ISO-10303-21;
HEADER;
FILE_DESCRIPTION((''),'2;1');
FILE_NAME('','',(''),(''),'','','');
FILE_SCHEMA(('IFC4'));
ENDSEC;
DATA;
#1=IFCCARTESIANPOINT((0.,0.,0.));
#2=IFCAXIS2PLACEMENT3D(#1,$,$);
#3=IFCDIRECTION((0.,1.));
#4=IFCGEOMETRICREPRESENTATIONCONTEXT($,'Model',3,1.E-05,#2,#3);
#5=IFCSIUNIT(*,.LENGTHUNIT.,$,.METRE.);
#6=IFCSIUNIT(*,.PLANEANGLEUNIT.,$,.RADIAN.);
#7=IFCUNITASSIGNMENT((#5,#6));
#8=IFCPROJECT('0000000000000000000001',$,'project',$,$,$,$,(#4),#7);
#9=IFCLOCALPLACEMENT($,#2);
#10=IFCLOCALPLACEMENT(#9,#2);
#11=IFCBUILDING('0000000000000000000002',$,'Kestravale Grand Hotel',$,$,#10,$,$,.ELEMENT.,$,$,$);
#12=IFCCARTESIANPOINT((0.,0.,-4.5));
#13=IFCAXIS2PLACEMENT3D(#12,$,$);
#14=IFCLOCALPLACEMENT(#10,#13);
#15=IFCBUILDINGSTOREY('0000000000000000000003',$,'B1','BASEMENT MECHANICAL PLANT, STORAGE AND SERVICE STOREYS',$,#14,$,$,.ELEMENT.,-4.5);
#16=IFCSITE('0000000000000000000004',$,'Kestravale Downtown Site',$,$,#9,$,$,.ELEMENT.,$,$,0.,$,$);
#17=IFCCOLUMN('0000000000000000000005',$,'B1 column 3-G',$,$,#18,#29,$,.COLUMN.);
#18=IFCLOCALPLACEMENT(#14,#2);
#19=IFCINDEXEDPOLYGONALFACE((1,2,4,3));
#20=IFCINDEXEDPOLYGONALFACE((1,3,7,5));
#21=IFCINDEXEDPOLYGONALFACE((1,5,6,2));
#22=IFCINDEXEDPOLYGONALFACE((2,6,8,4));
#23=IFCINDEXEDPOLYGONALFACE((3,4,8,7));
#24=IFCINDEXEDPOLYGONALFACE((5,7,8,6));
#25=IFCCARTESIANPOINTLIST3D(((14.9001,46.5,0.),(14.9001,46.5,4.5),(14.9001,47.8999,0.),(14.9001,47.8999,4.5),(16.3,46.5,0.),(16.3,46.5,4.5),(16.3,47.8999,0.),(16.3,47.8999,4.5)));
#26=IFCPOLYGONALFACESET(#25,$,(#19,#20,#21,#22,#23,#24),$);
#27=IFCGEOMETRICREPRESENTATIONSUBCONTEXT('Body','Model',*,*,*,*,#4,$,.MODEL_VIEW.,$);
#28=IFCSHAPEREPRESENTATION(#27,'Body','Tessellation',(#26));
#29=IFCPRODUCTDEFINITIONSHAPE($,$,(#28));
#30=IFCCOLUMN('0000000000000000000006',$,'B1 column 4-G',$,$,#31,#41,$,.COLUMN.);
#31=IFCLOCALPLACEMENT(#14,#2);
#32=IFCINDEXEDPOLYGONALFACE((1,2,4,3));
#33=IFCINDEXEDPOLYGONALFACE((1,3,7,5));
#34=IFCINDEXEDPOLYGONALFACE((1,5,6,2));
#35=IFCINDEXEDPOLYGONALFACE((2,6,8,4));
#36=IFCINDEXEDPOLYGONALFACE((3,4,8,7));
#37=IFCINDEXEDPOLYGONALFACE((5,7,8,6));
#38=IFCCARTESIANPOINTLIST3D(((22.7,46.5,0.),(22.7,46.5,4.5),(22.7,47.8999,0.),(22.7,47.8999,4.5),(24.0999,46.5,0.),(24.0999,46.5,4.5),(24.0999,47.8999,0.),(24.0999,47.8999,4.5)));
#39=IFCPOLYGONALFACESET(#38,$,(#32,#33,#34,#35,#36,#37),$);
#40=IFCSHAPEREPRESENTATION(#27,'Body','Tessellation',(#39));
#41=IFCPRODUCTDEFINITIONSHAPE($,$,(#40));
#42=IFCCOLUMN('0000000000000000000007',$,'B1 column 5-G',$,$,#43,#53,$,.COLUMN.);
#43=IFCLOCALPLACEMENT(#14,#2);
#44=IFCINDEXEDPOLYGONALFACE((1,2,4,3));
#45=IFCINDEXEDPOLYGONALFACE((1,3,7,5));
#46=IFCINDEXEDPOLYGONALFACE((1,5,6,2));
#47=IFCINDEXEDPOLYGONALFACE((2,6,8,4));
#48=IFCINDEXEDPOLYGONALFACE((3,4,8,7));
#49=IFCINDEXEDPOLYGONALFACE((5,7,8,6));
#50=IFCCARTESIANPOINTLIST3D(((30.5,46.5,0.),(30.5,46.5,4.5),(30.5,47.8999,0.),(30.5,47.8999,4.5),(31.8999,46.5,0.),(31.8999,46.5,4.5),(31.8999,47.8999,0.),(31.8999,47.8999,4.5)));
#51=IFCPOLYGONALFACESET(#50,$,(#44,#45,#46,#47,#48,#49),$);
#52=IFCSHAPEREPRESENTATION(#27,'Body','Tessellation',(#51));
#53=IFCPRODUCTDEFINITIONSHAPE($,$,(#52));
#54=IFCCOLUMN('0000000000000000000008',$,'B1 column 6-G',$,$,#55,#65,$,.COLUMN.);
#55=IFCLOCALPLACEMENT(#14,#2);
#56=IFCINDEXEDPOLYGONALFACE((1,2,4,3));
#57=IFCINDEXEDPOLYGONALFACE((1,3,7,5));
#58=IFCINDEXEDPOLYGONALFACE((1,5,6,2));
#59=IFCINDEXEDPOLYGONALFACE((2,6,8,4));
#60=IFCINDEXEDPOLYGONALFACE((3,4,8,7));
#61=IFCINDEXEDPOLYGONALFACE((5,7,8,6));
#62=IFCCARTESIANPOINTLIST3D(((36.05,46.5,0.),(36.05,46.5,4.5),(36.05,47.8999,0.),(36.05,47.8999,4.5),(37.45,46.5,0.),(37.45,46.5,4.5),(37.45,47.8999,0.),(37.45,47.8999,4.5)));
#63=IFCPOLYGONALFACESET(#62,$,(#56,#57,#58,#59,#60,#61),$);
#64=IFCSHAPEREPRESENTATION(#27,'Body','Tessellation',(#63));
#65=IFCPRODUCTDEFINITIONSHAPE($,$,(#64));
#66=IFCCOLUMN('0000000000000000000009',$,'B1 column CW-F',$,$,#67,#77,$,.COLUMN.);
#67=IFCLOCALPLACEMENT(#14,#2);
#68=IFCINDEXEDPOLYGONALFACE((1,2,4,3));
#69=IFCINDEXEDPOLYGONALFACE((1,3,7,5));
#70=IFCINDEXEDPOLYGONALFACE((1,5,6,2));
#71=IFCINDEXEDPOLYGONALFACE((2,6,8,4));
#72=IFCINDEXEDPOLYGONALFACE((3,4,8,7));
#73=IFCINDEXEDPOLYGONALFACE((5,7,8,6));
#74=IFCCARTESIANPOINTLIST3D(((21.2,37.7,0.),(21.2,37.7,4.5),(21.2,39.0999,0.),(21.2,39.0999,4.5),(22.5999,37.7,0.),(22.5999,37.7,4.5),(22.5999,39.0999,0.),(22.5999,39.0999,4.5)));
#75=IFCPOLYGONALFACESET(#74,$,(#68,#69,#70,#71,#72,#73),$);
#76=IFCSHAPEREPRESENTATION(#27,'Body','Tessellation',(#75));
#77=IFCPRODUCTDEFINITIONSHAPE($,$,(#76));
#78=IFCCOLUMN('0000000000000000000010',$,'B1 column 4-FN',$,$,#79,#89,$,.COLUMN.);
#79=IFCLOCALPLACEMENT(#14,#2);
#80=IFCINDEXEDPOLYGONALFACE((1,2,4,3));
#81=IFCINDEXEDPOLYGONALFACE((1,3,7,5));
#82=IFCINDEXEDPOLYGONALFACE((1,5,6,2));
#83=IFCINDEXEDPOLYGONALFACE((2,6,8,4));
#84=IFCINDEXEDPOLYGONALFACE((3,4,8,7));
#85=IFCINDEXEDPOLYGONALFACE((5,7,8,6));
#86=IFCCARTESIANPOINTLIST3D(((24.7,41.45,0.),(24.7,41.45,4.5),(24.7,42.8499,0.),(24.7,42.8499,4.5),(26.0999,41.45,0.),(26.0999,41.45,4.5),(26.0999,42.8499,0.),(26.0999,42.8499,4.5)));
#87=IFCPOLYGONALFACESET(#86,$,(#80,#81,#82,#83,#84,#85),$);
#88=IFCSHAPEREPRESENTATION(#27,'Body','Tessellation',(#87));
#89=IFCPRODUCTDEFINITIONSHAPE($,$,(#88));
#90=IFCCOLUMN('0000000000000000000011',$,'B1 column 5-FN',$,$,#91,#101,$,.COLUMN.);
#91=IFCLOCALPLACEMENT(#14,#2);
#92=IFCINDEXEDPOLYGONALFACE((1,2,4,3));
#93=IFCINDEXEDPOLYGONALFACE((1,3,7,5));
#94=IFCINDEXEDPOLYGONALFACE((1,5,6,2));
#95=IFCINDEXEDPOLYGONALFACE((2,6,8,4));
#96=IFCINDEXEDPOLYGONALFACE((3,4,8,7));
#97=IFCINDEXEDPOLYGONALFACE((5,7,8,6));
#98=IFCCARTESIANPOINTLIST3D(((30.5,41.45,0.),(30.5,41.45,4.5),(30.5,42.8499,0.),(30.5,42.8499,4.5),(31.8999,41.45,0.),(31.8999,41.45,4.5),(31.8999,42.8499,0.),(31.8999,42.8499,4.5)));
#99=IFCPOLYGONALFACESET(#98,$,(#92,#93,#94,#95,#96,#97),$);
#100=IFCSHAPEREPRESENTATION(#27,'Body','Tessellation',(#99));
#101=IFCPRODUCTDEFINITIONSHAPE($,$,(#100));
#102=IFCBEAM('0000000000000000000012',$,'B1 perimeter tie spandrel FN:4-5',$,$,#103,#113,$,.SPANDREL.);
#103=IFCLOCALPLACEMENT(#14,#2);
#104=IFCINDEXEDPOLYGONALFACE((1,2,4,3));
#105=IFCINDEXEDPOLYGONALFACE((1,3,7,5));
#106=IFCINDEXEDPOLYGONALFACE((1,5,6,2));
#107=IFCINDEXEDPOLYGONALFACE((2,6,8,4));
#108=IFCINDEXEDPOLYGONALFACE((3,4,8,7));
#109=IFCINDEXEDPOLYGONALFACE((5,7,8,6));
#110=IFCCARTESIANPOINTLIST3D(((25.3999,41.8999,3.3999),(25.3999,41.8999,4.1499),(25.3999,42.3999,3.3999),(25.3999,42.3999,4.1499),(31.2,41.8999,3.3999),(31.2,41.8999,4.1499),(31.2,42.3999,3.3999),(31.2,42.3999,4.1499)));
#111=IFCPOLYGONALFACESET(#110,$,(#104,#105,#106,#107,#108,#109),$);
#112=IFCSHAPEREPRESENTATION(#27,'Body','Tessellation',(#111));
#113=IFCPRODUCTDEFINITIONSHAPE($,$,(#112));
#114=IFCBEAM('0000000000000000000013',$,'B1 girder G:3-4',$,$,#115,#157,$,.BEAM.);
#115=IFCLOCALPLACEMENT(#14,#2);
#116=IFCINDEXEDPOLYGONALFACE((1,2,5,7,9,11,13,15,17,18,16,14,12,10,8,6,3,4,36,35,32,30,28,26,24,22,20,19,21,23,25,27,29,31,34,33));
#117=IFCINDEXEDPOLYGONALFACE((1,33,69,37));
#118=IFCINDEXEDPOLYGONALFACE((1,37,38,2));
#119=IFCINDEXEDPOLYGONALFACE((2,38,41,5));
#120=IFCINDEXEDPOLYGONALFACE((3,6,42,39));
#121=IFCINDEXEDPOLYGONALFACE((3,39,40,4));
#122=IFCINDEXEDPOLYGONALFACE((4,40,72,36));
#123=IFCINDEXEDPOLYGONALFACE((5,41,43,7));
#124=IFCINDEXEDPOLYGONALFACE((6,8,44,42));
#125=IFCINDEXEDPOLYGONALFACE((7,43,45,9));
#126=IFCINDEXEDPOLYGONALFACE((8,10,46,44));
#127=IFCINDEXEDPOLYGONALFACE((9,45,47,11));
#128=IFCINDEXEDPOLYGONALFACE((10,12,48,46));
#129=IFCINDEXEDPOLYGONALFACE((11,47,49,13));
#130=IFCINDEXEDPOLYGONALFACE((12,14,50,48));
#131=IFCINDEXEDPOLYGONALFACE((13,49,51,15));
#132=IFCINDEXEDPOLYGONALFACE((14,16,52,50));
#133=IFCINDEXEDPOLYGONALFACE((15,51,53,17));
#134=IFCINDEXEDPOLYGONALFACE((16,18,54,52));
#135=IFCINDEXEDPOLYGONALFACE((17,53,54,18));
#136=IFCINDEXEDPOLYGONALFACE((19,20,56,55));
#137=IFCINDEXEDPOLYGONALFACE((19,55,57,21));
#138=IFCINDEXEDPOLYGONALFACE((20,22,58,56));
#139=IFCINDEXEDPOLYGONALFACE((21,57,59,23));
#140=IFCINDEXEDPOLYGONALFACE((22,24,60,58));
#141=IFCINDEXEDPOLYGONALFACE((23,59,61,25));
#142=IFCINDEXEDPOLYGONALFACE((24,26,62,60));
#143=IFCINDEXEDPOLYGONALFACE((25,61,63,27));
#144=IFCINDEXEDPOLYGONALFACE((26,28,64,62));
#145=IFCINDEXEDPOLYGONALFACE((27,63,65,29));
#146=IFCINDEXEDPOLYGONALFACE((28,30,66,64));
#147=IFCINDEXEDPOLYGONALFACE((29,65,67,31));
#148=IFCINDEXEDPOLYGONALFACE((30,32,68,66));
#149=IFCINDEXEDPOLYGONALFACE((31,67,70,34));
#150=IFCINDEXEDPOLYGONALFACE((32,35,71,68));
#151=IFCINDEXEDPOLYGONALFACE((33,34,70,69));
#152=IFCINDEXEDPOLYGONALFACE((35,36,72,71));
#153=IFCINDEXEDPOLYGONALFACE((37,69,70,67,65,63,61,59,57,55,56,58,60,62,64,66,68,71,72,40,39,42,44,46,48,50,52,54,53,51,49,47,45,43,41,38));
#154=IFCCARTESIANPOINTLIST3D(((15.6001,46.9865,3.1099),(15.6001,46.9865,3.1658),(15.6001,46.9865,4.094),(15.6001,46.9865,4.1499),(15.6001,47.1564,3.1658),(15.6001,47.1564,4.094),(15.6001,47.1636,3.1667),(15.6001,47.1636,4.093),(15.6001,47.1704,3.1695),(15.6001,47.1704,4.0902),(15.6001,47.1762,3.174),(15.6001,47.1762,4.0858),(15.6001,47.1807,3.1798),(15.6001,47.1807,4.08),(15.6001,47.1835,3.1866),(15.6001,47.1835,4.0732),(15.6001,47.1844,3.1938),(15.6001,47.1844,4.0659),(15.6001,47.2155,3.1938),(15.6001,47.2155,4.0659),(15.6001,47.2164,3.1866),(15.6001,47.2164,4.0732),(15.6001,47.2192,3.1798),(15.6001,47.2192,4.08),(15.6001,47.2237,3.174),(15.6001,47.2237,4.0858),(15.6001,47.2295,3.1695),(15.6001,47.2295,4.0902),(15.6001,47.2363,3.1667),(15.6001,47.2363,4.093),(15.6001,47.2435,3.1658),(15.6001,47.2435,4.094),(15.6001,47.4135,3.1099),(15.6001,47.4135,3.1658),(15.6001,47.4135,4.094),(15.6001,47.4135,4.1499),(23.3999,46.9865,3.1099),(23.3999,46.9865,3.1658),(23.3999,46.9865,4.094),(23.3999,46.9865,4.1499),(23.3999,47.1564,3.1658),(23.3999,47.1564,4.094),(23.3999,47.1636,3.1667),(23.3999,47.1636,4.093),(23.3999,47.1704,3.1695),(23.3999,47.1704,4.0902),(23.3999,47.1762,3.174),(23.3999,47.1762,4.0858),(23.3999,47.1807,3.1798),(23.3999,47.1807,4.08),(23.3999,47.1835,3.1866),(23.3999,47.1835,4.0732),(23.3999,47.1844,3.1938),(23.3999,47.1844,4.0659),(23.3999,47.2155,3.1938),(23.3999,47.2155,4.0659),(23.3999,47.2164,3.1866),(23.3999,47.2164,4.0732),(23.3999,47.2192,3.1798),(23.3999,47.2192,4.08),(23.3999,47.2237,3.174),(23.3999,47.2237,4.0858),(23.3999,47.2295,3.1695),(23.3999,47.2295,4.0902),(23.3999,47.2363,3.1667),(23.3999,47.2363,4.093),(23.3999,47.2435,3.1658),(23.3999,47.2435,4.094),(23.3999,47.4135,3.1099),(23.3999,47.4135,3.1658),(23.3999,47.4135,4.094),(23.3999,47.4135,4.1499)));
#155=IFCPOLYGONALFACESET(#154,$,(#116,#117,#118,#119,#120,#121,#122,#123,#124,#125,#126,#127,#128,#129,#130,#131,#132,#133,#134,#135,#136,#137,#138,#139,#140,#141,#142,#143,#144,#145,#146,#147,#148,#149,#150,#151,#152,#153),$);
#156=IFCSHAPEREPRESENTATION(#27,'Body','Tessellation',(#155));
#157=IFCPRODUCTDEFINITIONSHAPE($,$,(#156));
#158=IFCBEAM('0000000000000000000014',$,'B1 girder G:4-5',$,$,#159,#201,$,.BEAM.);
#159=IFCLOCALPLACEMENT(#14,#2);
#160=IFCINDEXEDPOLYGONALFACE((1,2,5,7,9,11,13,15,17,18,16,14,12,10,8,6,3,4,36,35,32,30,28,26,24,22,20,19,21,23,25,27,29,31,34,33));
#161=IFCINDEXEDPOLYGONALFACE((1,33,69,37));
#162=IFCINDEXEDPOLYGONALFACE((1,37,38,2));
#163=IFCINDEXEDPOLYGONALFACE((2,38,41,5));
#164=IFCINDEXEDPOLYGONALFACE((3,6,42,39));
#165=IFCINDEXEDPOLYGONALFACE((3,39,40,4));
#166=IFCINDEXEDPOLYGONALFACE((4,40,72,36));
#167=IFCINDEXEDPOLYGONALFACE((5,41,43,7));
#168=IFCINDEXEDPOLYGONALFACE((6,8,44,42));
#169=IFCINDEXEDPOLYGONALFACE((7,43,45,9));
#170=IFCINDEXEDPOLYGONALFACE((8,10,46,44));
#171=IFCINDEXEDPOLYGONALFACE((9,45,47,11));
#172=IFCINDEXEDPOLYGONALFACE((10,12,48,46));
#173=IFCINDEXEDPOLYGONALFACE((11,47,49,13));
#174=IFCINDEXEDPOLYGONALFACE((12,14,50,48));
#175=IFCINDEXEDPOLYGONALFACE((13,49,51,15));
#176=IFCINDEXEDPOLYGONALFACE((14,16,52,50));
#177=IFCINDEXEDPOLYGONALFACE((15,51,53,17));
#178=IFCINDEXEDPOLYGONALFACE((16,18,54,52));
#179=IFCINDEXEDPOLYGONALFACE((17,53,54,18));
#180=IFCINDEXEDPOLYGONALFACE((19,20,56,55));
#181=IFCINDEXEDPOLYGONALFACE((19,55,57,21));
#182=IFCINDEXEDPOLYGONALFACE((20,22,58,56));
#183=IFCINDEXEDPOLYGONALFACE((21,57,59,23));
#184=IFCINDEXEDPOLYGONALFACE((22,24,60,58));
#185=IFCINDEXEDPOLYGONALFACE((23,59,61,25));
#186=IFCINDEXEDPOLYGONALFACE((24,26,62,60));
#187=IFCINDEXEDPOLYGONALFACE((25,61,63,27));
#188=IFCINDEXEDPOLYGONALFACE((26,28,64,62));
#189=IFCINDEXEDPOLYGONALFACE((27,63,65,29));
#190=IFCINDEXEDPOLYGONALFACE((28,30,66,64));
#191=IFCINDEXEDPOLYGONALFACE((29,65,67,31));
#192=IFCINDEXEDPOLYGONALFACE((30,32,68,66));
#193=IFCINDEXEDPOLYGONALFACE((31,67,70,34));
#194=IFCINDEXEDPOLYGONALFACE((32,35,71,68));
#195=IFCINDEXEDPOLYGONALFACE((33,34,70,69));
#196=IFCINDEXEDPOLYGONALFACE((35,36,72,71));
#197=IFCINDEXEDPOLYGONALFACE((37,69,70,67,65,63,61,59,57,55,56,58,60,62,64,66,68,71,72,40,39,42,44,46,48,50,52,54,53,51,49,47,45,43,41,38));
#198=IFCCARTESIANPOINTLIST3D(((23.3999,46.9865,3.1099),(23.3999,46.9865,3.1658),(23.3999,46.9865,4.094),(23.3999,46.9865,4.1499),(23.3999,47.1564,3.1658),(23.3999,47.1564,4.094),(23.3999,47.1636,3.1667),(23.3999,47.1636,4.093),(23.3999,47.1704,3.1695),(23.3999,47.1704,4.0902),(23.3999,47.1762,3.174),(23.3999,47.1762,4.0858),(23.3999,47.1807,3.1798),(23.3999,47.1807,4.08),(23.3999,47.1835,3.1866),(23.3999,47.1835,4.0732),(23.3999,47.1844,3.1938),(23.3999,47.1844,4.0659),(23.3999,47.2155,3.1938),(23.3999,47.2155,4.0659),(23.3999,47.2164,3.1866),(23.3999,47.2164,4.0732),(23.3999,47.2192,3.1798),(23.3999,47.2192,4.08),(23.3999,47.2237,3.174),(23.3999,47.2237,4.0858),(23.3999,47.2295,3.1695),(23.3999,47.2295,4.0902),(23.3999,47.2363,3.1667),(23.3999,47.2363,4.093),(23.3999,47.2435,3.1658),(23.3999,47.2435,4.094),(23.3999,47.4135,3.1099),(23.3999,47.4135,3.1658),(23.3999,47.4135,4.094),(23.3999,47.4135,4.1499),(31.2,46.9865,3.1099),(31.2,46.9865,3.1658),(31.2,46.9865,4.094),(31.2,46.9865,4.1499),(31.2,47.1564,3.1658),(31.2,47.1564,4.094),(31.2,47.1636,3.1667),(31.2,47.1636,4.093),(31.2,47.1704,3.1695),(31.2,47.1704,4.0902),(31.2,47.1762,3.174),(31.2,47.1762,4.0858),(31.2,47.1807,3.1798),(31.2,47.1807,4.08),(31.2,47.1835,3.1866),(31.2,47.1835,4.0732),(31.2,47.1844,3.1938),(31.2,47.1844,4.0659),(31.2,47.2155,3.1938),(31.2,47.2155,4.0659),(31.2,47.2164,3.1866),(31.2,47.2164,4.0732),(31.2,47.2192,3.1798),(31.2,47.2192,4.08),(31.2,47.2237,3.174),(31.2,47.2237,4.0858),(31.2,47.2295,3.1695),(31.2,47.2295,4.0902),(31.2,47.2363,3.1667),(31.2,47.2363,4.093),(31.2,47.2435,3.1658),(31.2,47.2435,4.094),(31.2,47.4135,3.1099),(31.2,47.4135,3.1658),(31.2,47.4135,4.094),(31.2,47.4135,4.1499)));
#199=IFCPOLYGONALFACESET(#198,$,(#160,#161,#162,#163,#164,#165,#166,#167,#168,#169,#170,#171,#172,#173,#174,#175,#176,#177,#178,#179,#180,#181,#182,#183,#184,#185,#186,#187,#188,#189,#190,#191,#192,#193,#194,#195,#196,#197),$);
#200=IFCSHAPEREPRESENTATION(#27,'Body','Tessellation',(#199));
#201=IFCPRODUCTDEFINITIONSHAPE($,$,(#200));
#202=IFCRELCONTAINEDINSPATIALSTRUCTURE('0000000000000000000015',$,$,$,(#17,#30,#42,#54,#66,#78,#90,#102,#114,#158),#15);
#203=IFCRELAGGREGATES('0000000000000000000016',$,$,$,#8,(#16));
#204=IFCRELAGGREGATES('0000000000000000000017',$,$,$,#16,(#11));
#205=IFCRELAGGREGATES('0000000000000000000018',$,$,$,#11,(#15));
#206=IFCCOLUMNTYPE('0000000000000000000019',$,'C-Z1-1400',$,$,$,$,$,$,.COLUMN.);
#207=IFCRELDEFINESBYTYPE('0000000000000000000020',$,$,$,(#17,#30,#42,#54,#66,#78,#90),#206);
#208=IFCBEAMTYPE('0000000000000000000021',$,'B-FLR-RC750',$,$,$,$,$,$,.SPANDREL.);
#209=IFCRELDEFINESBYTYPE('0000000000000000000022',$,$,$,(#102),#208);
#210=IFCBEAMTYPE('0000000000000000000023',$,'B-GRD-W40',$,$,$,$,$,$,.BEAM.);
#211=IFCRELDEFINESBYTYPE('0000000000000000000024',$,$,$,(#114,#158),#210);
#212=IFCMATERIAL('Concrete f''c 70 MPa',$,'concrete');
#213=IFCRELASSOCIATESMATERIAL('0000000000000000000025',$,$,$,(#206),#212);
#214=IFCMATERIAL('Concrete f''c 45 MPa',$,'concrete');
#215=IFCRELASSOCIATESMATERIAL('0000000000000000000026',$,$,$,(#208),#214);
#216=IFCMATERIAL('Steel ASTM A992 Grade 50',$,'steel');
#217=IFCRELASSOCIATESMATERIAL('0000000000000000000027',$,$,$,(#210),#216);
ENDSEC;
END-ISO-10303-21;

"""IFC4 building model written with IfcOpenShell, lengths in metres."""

from ifc_helpers import new_model, si_unit, direction, frame, origin, origin_2d, place, context, subcontext, project, spatial, rectangle, i_section, extrude, material, material_profile, profile_set, type_object, element, save


model = new_model("IFC4")

# Units and contexts
model_context = context("Model", 3, precision=1e-05, world=origin(), true_north=direction((0.0, 1.0)))
body_context = subcontext(model_context, "Body", "Model", "MODEL_VIEW")
ifc_project = project(units=[si_unit("LENGTHUNIT", "METRE"), si_unit("PLANEANGLEUNIT", "RADIAN")], contexts=[model_context])

# Site, building, storey
site_placement = place(None, origin())
site = spatial("IfcSite", under=ifc_project, at=site_placement, Name="Kestravale Downtown Site", CompositionType="ELEMENT", RefElevation=0.0)
building_placement = place(site_placement, origin())
building = spatial("IfcBuilding", under=site, at=building_placement, Name="Kestravale Grand Hotel", CompositionType="ELEMENT")
storey_placement = place(building_placement, frame((0.0, 0.0, -4.5)))
storey = spatial("IfcBuildingStorey", under=building, at=storey_placement, Name="B1", Description="BASEMENT MECHANICAL PLANT, STORAGE AND SERVICE STOREYS", CompositionType="ELEMENT", Elevation=-4.5)

# Columns
ifc_material_1 = material(Name="Concrete f'c 70 MPa", Category="concrete")
ifc_material_profile_1 = material_profile(ifc_material_1, rectangle(XDim=1.3999, YDim=1.3999, at=origin_2d()))
ifc_profile_set_1 = profile_set([ifc_material_profile_1], Name="Concrete f'c 70 MPa")
column_type = type_object("IfcColumnType", Name="C-Z1-1400", PredefinedType="COLUMN", material=ifc_profile_set_1)
for number, where, z_axis, x_axis, name in (
    (1, (15.6001, 47.2, 0.0), (0.0, 0.0, 1.0), (1.0, 0.0, 0.0), "B1 column 3-G"),
    (2, (23.3999, 47.2, 0.0), (0.0, 0.0, 1.0), (1.0, 0.0, 0.0), "B1 column 4-G"),
    (3, (31.2, 47.2, 0.0), (0.0, 0.0, 1.0), (1.0, 0.0, 0.0), "B1 column 5-G"),
    (4, (36.75, 47.2, 0.0), (0.0, 0.0, 1.0), (1.0, 0.0, 0.0), "B1 column 6-G"),
    (5, (21.8999, 38.3999, 0.0), (0.0, 0.0, 1.0), (1.0, 0.0, 0.0), "B1 column CW-F"),
    (6, (25.3999, 42.1499, 0.0), (0.0, 0.0, 1.0), (1.0, 0.0, 0.0), "B1 column 4-FN"),
    (7, (31.2, 42.1499, 0.0), (0.0, 0.0, 1.0), (1.0, 0.0, 0.0), "B1 column 5-FN"),
):
    element("IfcColumn", number, at=place(storey_placement, frame(where, z_axis=z_axis, x_axis=x_axis)), inside=storey, type_object=column_type, Name=name, PredefinedType="COLUMN", context=body_context, shape_type="SweptSolid", body=[
        extrude(rectangle(XDim=1.3999, YDim=1.3999, at=origin_2d()), origin(), (0.0, 0.0, 1.0), 4.5),
    ])

# Beams
ifc_material_2 = material(Name="Concrete f'c 45 MPa", Category="concrete")
ifc_material_profile_2 = material_profile(ifc_material_2, rectangle(XDim=0.5, YDim=0.75, at=origin_2d()))
ifc_profile_set_2 = profile_set([ifc_material_profile_2], Name="Concrete f'c 45 MPa")
beam_type_1 = type_object("IfcBeamType", Name="B-FLR-RC750", PredefinedType="SPANDREL", material=ifc_profile_set_2)
beam_1_placement = place(storey_placement, frame((25.3999, 42.1499, 3.7749), z_axis=(1.0, 0.0, 0.0), x_axis=(0.0, 1.0, 0.0)))
element("IfcBeam", 8, at=beam_1_placement, inside=storey, type_object=beam_type_1, Name="B1 perimeter tie spandrel FN:4-5", PredefinedType="SPANDREL", context=body_context, shape_type="SweptSolid", body=[
    extrude(rectangle(XDim=0.5, YDim=0.75, at=origin_2d()), origin(), (0.0, 0.0, 1.0), 5.8),
])
ifc_material_3 = material(Name="Steel ASTM A992 Grade 50", Category="steel")
ifc_material_profile_3 = material_profile(ifc_material_3, i_section(OverallWidth=0.427, OverallDepth=1.04, WebThickness=0.031, FlangeThickness=0.0559, FilletRadius=0.0281, at=origin_2d()))
ifc_profile_set_3 = profile_set([ifc_material_profile_3], Name="Steel ASTM A992 Grade 50")
beam_type_2 = type_object("IfcBeamType", Name="B-GRD-W40", PredefinedType="BEAM", material=ifc_profile_set_3)
beam_2_placement = place(storey_placement, frame((15.6001, 47.2, 3.6299), z_axis=(1.0, 0.0, 0.0), x_axis=(0.0, 1.0, 0.0)))
element("IfcBeam", 9, at=beam_2_placement, inside=storey, type_object=beam_type_2, Name="B1 girder G:3-4", PredefinedType="BEAM", context=body_context, shape_type="SweptSolid", body=[
    extrude(i_section(OverallWidth=0.427, OverallDepth=1.04, WebThickness=0.031, FlangeThickness=0.0559, FilletRadius=0.0281, at=origin_2d()), origin(), (0.0, 0.0, 1.0), 7.7998),
])
beam_3_placement = place(storey_placement, frame((23.3999, 47.2, 3.6299), z_axis=(1.0, 0.0, 0.0), x_axis=(0.0, 1.0, 0.0)))
element("IfcBeam", 10, at=beam_3_placement, inside=storey, type_object=beam_type_2, Name="B1 girder G:4-5", PredefinedType="BEAM", context=body_context, shape_type="SweptSolid", body=[
    extrude(i_section(OverallWidth=0.427, OverallDepth=1.04, WebThickness=0.031, FlangeThickness=0.0559, FilletRadius=0.0281, at=origin_2d()), origin(), (0.0, 0.0, 1.0), 7.8),
])

save(model, "model.ifc")
